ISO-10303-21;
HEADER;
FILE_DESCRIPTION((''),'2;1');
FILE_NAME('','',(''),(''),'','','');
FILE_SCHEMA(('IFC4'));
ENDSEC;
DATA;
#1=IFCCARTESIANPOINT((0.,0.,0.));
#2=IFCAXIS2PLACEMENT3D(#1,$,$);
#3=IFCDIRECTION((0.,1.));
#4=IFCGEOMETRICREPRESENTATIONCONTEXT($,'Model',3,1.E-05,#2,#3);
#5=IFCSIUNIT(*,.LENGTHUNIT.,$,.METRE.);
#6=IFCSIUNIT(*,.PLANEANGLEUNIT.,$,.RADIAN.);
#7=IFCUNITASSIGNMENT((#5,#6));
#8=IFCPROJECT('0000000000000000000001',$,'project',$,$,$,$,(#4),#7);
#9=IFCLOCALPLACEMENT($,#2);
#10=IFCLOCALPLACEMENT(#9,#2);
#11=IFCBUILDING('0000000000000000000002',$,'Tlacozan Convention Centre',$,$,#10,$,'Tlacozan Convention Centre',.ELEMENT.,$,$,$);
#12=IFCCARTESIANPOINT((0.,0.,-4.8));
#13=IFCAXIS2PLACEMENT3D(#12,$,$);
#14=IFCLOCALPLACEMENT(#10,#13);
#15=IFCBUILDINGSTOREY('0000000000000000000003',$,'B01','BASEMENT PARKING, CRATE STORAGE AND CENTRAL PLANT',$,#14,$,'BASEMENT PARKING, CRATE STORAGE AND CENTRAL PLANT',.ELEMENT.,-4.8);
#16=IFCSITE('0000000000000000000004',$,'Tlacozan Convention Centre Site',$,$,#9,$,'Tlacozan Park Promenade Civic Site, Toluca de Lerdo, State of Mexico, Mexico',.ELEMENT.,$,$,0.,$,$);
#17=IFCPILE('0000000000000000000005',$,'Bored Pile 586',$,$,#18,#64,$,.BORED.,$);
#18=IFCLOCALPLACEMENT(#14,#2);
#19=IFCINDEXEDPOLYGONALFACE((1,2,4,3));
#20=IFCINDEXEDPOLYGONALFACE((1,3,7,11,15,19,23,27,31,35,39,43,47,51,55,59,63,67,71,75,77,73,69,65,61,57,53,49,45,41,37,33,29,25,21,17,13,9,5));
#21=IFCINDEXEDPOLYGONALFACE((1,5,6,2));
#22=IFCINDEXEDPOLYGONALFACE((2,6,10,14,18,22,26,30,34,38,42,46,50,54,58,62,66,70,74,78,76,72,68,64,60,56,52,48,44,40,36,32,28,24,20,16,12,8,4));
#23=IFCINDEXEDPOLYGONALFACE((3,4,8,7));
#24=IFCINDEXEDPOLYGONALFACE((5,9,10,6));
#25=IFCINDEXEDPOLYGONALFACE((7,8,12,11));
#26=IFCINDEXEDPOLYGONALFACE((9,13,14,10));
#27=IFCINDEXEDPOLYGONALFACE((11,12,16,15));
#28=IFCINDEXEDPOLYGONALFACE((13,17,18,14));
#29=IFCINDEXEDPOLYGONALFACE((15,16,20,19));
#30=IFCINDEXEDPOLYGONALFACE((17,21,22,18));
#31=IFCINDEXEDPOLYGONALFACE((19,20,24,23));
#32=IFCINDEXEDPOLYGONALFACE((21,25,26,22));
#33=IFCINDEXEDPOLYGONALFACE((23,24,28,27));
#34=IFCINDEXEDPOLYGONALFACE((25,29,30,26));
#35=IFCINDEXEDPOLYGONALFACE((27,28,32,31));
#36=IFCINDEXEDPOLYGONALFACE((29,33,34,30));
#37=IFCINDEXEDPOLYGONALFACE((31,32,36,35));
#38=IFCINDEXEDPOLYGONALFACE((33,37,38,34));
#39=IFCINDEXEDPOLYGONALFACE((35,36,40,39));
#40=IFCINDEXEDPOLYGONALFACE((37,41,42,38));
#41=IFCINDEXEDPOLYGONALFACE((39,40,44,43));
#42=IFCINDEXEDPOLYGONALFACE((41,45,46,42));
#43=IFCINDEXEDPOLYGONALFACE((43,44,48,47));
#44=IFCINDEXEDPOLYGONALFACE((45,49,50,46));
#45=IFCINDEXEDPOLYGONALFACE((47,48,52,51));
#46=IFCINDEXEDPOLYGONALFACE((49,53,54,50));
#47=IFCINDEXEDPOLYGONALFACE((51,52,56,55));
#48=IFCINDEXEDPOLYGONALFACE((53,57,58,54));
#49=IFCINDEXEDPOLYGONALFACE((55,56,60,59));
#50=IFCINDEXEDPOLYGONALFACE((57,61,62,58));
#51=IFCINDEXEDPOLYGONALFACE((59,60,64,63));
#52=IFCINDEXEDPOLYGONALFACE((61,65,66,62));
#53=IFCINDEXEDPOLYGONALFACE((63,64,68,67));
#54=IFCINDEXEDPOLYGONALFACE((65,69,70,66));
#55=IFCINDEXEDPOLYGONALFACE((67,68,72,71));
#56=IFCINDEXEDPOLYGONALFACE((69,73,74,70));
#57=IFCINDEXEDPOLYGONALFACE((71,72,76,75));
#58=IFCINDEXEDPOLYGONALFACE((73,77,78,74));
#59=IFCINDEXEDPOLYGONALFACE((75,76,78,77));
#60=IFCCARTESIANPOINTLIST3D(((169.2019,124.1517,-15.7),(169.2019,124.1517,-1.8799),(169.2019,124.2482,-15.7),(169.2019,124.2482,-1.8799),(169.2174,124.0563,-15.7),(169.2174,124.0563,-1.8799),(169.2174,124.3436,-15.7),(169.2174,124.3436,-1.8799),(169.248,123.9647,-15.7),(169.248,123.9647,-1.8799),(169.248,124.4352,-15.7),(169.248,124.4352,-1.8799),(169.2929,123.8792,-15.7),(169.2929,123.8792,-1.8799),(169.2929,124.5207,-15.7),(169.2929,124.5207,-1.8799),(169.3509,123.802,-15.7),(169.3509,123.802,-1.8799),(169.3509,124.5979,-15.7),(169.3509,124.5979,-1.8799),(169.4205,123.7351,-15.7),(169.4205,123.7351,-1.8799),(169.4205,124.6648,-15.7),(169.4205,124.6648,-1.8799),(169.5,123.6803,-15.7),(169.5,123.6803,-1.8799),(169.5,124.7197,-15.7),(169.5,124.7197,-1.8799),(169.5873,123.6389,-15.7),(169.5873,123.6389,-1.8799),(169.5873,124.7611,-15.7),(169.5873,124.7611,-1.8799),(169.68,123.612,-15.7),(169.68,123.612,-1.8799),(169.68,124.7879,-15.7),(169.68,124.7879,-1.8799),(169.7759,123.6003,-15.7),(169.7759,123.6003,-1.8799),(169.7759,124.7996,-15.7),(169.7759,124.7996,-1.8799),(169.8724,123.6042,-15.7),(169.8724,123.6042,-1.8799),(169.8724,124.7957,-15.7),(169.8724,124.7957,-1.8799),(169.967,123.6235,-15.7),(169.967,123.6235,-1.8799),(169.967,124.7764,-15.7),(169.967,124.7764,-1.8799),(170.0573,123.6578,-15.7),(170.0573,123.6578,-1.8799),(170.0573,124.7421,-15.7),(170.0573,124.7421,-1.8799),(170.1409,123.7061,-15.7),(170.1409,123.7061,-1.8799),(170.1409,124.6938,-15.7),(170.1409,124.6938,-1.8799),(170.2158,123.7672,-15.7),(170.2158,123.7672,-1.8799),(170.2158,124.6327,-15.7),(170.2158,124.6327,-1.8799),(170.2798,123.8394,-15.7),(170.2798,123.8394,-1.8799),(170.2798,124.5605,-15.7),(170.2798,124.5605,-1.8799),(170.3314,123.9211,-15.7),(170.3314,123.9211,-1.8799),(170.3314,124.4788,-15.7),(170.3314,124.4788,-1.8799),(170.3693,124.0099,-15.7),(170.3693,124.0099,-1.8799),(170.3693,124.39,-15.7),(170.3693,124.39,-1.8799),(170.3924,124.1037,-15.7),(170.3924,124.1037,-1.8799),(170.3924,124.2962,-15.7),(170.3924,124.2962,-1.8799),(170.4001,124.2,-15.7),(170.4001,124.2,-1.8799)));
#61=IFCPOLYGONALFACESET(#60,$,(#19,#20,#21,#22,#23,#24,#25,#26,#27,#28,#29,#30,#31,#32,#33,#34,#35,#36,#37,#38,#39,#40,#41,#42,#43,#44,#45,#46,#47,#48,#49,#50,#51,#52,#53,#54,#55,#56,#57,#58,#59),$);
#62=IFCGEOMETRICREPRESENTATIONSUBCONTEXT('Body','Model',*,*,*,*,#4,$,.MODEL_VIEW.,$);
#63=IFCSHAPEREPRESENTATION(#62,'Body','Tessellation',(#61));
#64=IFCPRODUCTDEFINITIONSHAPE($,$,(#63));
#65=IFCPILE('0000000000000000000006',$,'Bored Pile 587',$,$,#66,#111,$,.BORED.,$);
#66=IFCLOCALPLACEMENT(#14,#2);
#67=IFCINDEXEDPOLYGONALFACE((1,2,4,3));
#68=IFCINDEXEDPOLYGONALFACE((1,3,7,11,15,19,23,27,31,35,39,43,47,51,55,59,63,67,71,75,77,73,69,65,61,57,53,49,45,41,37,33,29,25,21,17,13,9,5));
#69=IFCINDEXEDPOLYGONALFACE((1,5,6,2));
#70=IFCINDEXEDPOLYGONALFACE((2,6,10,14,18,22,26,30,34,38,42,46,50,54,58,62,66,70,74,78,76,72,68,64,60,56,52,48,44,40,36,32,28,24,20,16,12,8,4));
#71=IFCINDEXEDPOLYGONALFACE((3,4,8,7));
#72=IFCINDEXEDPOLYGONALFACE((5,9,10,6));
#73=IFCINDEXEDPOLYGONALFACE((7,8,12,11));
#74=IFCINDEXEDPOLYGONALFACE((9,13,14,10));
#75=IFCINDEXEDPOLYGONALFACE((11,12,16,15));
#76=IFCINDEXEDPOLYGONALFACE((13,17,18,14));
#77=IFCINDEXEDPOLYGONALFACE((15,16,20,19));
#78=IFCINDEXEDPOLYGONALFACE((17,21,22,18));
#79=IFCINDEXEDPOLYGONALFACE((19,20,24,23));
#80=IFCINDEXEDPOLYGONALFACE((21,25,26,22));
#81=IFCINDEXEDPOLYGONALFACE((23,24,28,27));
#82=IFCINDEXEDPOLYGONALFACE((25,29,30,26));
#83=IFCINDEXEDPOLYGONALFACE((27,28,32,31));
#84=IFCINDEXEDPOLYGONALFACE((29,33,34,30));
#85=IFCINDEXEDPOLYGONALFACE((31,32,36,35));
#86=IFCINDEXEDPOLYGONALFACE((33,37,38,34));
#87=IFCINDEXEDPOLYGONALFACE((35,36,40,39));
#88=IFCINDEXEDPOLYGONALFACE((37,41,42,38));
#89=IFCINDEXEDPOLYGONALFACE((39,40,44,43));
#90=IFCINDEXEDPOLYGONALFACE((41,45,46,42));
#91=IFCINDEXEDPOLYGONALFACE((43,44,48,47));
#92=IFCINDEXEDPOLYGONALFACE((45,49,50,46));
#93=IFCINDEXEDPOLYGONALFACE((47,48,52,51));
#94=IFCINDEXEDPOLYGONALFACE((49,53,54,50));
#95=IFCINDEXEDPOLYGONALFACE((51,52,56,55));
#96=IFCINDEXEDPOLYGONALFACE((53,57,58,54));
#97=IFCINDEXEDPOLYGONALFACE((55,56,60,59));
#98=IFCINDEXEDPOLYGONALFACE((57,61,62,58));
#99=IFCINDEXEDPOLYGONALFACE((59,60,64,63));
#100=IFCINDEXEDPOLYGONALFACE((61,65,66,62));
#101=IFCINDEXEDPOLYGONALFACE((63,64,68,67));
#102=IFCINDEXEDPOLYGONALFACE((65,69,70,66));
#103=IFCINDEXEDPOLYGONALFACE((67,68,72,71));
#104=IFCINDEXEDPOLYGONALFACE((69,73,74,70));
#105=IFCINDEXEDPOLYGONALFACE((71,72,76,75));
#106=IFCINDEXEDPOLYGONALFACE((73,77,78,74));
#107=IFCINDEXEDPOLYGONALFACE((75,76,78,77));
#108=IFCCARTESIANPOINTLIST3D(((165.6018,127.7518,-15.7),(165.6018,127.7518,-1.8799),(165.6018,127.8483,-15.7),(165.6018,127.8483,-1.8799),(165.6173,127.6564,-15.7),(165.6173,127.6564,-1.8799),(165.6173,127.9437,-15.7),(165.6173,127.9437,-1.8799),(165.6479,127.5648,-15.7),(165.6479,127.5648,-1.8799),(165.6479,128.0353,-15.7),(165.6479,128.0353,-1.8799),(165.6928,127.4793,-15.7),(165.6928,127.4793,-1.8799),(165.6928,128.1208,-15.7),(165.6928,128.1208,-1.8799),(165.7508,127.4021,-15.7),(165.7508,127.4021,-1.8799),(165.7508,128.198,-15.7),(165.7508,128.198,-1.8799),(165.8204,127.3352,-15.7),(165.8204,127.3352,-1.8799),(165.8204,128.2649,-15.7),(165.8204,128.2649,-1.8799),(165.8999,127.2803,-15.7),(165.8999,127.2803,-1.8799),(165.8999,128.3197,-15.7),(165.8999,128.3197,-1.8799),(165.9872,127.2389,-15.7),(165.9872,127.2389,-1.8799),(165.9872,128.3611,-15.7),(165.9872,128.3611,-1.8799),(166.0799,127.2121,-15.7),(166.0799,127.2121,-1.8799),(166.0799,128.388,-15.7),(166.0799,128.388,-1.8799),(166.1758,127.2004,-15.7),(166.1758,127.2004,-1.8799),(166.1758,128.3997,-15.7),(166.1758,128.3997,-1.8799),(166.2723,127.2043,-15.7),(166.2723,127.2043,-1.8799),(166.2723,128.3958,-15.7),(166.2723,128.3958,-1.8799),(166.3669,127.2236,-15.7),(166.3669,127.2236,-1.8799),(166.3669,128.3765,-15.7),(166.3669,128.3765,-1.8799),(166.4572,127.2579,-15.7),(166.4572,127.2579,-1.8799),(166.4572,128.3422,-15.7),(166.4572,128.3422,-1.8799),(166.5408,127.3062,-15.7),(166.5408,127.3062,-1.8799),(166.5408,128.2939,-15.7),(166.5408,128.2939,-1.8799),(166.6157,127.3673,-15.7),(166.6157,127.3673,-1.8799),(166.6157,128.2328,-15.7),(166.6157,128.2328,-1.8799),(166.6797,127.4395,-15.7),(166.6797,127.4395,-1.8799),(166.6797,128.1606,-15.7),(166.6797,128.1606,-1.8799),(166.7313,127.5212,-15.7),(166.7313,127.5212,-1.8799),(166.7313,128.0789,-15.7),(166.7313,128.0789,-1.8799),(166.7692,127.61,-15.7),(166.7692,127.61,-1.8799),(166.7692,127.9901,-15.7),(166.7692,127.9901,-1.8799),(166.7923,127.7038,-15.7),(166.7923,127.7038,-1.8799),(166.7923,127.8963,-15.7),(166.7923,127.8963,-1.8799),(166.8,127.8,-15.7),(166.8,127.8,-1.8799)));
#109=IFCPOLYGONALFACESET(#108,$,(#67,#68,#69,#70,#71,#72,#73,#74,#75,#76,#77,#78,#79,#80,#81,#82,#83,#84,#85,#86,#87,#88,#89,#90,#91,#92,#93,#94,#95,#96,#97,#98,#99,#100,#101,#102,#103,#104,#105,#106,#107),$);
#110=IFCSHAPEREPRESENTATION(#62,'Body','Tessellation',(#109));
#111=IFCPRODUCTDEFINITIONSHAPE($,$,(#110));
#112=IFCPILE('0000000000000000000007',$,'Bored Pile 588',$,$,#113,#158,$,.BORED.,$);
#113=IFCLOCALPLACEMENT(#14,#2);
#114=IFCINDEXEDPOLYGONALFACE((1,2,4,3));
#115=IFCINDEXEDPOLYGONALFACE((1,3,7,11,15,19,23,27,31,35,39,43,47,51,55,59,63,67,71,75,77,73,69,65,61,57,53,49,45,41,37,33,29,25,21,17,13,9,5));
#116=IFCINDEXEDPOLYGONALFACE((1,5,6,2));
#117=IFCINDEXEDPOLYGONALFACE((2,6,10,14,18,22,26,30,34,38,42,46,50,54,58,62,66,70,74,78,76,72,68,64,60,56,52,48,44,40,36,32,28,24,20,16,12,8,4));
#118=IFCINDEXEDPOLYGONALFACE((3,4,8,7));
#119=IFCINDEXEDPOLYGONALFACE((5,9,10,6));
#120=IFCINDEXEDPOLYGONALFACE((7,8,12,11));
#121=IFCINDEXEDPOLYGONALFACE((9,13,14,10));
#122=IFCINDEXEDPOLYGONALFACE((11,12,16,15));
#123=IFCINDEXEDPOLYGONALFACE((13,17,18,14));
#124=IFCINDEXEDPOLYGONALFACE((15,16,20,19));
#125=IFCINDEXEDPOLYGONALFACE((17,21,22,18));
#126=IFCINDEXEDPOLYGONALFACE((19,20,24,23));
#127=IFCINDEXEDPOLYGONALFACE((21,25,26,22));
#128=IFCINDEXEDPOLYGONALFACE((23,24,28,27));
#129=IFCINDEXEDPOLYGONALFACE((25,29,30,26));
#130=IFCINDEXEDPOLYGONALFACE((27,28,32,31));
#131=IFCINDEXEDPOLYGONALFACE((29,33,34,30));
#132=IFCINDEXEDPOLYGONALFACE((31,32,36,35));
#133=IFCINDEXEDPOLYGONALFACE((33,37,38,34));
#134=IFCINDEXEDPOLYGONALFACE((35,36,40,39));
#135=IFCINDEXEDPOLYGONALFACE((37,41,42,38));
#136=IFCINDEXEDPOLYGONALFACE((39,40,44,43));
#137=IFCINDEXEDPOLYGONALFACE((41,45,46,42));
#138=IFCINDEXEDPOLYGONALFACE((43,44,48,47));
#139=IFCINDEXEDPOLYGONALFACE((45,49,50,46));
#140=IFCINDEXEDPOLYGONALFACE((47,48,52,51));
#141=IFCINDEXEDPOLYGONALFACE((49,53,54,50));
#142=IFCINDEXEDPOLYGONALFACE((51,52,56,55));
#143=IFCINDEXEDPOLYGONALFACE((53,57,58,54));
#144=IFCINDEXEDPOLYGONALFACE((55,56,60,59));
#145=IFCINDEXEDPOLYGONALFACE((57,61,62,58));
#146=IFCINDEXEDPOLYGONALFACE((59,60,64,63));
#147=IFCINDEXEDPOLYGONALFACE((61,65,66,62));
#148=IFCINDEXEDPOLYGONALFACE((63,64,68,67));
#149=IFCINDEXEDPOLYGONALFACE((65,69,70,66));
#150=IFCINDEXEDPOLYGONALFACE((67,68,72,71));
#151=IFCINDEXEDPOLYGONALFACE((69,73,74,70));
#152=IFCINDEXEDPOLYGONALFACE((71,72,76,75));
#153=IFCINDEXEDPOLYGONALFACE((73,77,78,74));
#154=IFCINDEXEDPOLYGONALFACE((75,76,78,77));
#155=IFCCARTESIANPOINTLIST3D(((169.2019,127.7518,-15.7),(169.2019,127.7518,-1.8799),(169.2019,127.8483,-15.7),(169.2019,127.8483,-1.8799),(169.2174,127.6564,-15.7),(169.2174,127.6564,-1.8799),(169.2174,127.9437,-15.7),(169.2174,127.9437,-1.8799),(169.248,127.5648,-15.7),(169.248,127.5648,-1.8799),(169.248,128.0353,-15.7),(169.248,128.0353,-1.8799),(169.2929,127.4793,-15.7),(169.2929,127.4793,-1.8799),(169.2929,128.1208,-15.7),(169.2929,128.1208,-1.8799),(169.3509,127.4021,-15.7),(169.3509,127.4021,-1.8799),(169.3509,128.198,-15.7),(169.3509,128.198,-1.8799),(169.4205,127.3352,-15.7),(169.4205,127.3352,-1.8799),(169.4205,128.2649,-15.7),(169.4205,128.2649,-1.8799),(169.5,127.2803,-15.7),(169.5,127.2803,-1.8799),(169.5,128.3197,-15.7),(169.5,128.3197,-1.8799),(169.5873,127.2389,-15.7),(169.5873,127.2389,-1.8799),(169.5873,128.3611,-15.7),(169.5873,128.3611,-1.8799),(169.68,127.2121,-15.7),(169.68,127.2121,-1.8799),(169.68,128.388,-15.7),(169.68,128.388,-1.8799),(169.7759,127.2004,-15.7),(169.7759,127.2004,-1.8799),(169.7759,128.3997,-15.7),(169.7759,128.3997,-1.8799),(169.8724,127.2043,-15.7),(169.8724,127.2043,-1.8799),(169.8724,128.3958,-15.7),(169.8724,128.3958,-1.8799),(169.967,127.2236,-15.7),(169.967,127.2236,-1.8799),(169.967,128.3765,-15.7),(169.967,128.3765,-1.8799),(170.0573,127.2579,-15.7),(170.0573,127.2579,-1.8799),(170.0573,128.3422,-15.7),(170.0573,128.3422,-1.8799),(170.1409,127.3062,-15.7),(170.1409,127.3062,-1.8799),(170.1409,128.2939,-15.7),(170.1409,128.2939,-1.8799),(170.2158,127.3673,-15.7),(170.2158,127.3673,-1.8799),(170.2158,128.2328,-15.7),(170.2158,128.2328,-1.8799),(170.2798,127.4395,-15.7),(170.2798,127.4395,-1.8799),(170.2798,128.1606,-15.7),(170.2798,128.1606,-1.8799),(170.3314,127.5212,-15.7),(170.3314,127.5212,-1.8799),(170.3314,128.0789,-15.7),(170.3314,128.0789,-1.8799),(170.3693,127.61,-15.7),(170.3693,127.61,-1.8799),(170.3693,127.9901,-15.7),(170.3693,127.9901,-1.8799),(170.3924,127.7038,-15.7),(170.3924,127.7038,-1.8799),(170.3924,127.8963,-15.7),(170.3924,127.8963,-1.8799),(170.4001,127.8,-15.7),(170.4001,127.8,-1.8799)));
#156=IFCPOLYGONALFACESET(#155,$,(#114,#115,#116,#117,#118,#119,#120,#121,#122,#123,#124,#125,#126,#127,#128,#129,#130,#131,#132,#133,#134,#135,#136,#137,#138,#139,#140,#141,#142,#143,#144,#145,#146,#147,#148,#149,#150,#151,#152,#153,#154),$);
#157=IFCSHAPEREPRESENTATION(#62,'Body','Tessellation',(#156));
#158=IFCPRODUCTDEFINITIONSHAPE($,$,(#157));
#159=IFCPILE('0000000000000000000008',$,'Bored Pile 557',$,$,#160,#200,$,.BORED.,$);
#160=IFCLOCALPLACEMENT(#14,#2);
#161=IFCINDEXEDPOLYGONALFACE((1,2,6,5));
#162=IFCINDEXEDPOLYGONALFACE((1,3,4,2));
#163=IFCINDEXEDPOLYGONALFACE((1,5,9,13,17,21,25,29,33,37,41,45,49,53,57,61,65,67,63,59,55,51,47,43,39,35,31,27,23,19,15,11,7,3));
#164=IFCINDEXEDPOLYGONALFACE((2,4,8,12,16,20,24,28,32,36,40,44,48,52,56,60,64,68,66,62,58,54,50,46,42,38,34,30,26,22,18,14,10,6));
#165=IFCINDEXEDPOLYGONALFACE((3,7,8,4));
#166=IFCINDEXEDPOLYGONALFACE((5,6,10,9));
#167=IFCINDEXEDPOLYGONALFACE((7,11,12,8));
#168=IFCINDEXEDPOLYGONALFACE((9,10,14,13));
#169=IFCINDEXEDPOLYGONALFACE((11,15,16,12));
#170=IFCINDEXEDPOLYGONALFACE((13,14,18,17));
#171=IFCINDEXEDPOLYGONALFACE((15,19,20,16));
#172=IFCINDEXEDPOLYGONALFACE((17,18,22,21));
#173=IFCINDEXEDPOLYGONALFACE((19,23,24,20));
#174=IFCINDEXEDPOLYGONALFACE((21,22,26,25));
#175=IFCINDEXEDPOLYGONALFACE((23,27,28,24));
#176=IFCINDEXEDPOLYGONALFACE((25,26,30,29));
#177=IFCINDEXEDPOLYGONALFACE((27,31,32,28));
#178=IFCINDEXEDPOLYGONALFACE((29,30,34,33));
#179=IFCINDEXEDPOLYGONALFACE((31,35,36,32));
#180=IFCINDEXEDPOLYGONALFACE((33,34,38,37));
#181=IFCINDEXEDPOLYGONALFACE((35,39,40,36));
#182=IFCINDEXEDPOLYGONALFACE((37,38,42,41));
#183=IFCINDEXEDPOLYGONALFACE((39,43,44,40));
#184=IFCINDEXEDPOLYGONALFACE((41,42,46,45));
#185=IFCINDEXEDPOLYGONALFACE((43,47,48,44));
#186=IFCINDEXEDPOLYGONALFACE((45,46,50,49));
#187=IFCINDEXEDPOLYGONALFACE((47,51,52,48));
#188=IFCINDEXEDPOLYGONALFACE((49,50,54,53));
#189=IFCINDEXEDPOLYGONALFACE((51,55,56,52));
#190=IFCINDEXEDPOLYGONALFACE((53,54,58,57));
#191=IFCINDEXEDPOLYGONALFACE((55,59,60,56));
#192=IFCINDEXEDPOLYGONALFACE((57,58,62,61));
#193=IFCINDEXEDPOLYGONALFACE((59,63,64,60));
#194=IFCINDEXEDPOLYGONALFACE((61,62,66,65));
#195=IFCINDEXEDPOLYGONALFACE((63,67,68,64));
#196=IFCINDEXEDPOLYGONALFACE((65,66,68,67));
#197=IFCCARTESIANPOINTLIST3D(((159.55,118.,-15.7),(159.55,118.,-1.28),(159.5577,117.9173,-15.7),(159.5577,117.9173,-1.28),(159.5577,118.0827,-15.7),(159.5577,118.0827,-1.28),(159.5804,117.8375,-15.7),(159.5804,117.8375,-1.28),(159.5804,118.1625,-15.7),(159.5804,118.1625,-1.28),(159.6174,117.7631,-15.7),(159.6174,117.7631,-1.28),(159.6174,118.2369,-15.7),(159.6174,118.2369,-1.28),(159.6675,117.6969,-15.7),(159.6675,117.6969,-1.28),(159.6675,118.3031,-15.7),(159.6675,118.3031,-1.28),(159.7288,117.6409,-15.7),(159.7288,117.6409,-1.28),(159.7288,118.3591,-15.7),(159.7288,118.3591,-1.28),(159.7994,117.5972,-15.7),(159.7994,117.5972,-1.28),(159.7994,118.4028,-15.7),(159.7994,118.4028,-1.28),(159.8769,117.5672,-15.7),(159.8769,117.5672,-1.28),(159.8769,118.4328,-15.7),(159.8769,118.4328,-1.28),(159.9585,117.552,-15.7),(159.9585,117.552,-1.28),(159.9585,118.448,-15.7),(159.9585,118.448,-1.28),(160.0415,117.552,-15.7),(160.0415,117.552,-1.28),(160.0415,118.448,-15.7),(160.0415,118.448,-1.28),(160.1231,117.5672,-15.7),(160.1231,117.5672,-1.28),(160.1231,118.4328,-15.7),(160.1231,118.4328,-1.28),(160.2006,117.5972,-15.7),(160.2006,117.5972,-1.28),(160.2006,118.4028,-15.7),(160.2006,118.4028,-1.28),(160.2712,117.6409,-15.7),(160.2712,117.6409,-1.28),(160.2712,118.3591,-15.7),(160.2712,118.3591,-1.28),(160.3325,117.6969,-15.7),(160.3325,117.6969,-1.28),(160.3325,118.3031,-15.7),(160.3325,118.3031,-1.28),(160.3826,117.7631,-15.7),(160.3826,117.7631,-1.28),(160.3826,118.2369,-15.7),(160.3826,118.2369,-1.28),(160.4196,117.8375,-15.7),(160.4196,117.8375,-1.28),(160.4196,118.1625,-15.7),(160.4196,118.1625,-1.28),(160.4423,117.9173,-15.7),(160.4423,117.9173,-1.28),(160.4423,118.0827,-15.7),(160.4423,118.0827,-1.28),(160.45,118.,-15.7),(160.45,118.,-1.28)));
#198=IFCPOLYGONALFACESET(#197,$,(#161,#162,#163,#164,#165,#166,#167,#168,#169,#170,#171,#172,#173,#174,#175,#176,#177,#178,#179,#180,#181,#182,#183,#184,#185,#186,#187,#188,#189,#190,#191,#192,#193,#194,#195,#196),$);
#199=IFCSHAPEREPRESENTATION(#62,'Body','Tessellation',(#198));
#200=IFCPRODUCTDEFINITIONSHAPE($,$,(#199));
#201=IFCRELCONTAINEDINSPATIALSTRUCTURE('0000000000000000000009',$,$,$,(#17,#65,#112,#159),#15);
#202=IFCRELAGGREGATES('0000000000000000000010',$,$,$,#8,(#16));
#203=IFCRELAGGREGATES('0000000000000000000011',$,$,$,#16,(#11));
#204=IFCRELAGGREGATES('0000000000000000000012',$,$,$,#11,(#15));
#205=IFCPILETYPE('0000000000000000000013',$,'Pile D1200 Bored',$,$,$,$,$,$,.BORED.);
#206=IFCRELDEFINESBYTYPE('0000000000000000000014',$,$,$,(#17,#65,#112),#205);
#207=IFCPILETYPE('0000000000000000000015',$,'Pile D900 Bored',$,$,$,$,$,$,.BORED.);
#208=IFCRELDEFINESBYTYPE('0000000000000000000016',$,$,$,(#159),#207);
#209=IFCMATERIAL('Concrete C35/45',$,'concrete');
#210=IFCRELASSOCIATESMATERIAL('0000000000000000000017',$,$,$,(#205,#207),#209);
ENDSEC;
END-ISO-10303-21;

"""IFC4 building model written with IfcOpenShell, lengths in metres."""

from ifc_helpers import new_model, si_unit, direction, frame, origin, origin_2d, place, context, subcontext, project, spatial, circle, extrude, material, material_profile, profile_set, type_object, element, save


model = new_model("IFC4")

# Units and contexts
model_context = context("Model", 3, precision=1e-05, world=origin(), true_north=direction((0.0, 1.0)))
body_context = subcontext(model_context, "Body", "Model", "MODEL_VIEW")
ifc_project = project(units=[si_unit("LENGTHUNIT", "METRE"), si_unit("PLANEANGLEUNIT", "RADIAN")], contexts=[model_context])

# Site, building, storey
site_placement = place(None, origin())
site = spatial("IfcSite", under=ifc_project, at=site_placement, Name="Tlacozan Convention Centre Site", LongName="Tlacozan Park Promenade Civic Site, Toluca de Lerdo, State of Mexico, Mexico", CompositionType="ELEMENT", RefElevation=0.0)
building_placement = place(site_placement, origin())
building = spatial("IfcBuilding", under=site, at=building_placement, Name="Tlacozan Convention Centre", LongName="Tlacozan Convention Centre", CompositionType="ELEMENT")
storey_placement = place(building_placement, frame((0.0, 0.0, -4.8)))
storey = spatial("IfcBuildingStorey", under=building, at=storey_placement, Name="B01", Description="BASEMENT PARKING, CRATE STORAGE AND CENTRAL PLANT", LongName="BASEMENT PARKING, CRATE STORAGE AND CENTRAL PLANT", CompositionType="ELEMENT", Elevation=-4.8)

# Shared definitions
ifc_material_1 = material(Name="Concrete C35/45", Category="concrete")

# Piles
ifc_material_profile_1 = material_profile(ifc_material_1, circle(Radius=0.6001, at=origin_2d()), Name="PILE D1200")
ifc_profile_set_1 = profile_set([ifc_material_profile_1], Name="Concrete C35/45")
pile_type_1 = type_object("IfcPileType", Name="Pile D1200 Bored", PredefinedType="BORED", material=ifc_profile_set_1)
for number, where, z_axis, x_axis, name in (
    (1, (169.8, 124.2, -1.8799), (0.0, 0.0, -1.0), (1.0, 0.0, 0.0), "Bored Pile 586"),
    (2, (166.2, 127.8, -1.8799), (0.0, 0.0, -1.0), (1.0, 0.0, 0.0), "Bored Pile 587"),
    (3, (169.8, 127.8, -1.8799), (0.0, 0.0, -1.0), (1.0, 0.0, 0.0), "Bored Pile 588"),
):
    element("IfcPile", number, at=place(storey_placement, frame(where, z_axis=z_axis, x_axis=x_axis)), inside=storey, type_object=pile_type_1, Name=name, PredefinedType="BORED", context=body_context, shape_type="SweptSolid", body=[
        extrude(circle(Radius=0.6001, at=origin_2d()), origin(), (0.0, 0.0, 1.0), 13.8201),
    ])
ifc_material_profile_2 = material_profile(ifc_material_1, circle(Radius=0.45, at=origin_2d()), Name="PILE D900")
ifc_profile_set_2 = profile_set([ifc_material_profile_2], Name="Concrete C35/45")
pile_type_2 = type_object("IfcPileType", Name="Pile D900 Bored", PredefinedType="BORED", material=ifc_profile_set_2)
pile_1_placement = place(storey_placement, frame((160.0, 118.0, -1.28), z_axis=(0.0, 0.0, -1.0), x_axis=(1.0, 0.0, 0.0)))
element("IfcPile", 4, at=pile_1_placement, inside=storey, type_object=pile_type_2, Name="Bored Pile 557", PredefinedType="BORED", context=body_context, shape_type="SweptSolid", body=[
    extrude(circle(Radius=0.45, at=origin_2d()), origin(), (0.0, 0.0, 1.0), 14.4199),
])

save(model, "model.ifc")
